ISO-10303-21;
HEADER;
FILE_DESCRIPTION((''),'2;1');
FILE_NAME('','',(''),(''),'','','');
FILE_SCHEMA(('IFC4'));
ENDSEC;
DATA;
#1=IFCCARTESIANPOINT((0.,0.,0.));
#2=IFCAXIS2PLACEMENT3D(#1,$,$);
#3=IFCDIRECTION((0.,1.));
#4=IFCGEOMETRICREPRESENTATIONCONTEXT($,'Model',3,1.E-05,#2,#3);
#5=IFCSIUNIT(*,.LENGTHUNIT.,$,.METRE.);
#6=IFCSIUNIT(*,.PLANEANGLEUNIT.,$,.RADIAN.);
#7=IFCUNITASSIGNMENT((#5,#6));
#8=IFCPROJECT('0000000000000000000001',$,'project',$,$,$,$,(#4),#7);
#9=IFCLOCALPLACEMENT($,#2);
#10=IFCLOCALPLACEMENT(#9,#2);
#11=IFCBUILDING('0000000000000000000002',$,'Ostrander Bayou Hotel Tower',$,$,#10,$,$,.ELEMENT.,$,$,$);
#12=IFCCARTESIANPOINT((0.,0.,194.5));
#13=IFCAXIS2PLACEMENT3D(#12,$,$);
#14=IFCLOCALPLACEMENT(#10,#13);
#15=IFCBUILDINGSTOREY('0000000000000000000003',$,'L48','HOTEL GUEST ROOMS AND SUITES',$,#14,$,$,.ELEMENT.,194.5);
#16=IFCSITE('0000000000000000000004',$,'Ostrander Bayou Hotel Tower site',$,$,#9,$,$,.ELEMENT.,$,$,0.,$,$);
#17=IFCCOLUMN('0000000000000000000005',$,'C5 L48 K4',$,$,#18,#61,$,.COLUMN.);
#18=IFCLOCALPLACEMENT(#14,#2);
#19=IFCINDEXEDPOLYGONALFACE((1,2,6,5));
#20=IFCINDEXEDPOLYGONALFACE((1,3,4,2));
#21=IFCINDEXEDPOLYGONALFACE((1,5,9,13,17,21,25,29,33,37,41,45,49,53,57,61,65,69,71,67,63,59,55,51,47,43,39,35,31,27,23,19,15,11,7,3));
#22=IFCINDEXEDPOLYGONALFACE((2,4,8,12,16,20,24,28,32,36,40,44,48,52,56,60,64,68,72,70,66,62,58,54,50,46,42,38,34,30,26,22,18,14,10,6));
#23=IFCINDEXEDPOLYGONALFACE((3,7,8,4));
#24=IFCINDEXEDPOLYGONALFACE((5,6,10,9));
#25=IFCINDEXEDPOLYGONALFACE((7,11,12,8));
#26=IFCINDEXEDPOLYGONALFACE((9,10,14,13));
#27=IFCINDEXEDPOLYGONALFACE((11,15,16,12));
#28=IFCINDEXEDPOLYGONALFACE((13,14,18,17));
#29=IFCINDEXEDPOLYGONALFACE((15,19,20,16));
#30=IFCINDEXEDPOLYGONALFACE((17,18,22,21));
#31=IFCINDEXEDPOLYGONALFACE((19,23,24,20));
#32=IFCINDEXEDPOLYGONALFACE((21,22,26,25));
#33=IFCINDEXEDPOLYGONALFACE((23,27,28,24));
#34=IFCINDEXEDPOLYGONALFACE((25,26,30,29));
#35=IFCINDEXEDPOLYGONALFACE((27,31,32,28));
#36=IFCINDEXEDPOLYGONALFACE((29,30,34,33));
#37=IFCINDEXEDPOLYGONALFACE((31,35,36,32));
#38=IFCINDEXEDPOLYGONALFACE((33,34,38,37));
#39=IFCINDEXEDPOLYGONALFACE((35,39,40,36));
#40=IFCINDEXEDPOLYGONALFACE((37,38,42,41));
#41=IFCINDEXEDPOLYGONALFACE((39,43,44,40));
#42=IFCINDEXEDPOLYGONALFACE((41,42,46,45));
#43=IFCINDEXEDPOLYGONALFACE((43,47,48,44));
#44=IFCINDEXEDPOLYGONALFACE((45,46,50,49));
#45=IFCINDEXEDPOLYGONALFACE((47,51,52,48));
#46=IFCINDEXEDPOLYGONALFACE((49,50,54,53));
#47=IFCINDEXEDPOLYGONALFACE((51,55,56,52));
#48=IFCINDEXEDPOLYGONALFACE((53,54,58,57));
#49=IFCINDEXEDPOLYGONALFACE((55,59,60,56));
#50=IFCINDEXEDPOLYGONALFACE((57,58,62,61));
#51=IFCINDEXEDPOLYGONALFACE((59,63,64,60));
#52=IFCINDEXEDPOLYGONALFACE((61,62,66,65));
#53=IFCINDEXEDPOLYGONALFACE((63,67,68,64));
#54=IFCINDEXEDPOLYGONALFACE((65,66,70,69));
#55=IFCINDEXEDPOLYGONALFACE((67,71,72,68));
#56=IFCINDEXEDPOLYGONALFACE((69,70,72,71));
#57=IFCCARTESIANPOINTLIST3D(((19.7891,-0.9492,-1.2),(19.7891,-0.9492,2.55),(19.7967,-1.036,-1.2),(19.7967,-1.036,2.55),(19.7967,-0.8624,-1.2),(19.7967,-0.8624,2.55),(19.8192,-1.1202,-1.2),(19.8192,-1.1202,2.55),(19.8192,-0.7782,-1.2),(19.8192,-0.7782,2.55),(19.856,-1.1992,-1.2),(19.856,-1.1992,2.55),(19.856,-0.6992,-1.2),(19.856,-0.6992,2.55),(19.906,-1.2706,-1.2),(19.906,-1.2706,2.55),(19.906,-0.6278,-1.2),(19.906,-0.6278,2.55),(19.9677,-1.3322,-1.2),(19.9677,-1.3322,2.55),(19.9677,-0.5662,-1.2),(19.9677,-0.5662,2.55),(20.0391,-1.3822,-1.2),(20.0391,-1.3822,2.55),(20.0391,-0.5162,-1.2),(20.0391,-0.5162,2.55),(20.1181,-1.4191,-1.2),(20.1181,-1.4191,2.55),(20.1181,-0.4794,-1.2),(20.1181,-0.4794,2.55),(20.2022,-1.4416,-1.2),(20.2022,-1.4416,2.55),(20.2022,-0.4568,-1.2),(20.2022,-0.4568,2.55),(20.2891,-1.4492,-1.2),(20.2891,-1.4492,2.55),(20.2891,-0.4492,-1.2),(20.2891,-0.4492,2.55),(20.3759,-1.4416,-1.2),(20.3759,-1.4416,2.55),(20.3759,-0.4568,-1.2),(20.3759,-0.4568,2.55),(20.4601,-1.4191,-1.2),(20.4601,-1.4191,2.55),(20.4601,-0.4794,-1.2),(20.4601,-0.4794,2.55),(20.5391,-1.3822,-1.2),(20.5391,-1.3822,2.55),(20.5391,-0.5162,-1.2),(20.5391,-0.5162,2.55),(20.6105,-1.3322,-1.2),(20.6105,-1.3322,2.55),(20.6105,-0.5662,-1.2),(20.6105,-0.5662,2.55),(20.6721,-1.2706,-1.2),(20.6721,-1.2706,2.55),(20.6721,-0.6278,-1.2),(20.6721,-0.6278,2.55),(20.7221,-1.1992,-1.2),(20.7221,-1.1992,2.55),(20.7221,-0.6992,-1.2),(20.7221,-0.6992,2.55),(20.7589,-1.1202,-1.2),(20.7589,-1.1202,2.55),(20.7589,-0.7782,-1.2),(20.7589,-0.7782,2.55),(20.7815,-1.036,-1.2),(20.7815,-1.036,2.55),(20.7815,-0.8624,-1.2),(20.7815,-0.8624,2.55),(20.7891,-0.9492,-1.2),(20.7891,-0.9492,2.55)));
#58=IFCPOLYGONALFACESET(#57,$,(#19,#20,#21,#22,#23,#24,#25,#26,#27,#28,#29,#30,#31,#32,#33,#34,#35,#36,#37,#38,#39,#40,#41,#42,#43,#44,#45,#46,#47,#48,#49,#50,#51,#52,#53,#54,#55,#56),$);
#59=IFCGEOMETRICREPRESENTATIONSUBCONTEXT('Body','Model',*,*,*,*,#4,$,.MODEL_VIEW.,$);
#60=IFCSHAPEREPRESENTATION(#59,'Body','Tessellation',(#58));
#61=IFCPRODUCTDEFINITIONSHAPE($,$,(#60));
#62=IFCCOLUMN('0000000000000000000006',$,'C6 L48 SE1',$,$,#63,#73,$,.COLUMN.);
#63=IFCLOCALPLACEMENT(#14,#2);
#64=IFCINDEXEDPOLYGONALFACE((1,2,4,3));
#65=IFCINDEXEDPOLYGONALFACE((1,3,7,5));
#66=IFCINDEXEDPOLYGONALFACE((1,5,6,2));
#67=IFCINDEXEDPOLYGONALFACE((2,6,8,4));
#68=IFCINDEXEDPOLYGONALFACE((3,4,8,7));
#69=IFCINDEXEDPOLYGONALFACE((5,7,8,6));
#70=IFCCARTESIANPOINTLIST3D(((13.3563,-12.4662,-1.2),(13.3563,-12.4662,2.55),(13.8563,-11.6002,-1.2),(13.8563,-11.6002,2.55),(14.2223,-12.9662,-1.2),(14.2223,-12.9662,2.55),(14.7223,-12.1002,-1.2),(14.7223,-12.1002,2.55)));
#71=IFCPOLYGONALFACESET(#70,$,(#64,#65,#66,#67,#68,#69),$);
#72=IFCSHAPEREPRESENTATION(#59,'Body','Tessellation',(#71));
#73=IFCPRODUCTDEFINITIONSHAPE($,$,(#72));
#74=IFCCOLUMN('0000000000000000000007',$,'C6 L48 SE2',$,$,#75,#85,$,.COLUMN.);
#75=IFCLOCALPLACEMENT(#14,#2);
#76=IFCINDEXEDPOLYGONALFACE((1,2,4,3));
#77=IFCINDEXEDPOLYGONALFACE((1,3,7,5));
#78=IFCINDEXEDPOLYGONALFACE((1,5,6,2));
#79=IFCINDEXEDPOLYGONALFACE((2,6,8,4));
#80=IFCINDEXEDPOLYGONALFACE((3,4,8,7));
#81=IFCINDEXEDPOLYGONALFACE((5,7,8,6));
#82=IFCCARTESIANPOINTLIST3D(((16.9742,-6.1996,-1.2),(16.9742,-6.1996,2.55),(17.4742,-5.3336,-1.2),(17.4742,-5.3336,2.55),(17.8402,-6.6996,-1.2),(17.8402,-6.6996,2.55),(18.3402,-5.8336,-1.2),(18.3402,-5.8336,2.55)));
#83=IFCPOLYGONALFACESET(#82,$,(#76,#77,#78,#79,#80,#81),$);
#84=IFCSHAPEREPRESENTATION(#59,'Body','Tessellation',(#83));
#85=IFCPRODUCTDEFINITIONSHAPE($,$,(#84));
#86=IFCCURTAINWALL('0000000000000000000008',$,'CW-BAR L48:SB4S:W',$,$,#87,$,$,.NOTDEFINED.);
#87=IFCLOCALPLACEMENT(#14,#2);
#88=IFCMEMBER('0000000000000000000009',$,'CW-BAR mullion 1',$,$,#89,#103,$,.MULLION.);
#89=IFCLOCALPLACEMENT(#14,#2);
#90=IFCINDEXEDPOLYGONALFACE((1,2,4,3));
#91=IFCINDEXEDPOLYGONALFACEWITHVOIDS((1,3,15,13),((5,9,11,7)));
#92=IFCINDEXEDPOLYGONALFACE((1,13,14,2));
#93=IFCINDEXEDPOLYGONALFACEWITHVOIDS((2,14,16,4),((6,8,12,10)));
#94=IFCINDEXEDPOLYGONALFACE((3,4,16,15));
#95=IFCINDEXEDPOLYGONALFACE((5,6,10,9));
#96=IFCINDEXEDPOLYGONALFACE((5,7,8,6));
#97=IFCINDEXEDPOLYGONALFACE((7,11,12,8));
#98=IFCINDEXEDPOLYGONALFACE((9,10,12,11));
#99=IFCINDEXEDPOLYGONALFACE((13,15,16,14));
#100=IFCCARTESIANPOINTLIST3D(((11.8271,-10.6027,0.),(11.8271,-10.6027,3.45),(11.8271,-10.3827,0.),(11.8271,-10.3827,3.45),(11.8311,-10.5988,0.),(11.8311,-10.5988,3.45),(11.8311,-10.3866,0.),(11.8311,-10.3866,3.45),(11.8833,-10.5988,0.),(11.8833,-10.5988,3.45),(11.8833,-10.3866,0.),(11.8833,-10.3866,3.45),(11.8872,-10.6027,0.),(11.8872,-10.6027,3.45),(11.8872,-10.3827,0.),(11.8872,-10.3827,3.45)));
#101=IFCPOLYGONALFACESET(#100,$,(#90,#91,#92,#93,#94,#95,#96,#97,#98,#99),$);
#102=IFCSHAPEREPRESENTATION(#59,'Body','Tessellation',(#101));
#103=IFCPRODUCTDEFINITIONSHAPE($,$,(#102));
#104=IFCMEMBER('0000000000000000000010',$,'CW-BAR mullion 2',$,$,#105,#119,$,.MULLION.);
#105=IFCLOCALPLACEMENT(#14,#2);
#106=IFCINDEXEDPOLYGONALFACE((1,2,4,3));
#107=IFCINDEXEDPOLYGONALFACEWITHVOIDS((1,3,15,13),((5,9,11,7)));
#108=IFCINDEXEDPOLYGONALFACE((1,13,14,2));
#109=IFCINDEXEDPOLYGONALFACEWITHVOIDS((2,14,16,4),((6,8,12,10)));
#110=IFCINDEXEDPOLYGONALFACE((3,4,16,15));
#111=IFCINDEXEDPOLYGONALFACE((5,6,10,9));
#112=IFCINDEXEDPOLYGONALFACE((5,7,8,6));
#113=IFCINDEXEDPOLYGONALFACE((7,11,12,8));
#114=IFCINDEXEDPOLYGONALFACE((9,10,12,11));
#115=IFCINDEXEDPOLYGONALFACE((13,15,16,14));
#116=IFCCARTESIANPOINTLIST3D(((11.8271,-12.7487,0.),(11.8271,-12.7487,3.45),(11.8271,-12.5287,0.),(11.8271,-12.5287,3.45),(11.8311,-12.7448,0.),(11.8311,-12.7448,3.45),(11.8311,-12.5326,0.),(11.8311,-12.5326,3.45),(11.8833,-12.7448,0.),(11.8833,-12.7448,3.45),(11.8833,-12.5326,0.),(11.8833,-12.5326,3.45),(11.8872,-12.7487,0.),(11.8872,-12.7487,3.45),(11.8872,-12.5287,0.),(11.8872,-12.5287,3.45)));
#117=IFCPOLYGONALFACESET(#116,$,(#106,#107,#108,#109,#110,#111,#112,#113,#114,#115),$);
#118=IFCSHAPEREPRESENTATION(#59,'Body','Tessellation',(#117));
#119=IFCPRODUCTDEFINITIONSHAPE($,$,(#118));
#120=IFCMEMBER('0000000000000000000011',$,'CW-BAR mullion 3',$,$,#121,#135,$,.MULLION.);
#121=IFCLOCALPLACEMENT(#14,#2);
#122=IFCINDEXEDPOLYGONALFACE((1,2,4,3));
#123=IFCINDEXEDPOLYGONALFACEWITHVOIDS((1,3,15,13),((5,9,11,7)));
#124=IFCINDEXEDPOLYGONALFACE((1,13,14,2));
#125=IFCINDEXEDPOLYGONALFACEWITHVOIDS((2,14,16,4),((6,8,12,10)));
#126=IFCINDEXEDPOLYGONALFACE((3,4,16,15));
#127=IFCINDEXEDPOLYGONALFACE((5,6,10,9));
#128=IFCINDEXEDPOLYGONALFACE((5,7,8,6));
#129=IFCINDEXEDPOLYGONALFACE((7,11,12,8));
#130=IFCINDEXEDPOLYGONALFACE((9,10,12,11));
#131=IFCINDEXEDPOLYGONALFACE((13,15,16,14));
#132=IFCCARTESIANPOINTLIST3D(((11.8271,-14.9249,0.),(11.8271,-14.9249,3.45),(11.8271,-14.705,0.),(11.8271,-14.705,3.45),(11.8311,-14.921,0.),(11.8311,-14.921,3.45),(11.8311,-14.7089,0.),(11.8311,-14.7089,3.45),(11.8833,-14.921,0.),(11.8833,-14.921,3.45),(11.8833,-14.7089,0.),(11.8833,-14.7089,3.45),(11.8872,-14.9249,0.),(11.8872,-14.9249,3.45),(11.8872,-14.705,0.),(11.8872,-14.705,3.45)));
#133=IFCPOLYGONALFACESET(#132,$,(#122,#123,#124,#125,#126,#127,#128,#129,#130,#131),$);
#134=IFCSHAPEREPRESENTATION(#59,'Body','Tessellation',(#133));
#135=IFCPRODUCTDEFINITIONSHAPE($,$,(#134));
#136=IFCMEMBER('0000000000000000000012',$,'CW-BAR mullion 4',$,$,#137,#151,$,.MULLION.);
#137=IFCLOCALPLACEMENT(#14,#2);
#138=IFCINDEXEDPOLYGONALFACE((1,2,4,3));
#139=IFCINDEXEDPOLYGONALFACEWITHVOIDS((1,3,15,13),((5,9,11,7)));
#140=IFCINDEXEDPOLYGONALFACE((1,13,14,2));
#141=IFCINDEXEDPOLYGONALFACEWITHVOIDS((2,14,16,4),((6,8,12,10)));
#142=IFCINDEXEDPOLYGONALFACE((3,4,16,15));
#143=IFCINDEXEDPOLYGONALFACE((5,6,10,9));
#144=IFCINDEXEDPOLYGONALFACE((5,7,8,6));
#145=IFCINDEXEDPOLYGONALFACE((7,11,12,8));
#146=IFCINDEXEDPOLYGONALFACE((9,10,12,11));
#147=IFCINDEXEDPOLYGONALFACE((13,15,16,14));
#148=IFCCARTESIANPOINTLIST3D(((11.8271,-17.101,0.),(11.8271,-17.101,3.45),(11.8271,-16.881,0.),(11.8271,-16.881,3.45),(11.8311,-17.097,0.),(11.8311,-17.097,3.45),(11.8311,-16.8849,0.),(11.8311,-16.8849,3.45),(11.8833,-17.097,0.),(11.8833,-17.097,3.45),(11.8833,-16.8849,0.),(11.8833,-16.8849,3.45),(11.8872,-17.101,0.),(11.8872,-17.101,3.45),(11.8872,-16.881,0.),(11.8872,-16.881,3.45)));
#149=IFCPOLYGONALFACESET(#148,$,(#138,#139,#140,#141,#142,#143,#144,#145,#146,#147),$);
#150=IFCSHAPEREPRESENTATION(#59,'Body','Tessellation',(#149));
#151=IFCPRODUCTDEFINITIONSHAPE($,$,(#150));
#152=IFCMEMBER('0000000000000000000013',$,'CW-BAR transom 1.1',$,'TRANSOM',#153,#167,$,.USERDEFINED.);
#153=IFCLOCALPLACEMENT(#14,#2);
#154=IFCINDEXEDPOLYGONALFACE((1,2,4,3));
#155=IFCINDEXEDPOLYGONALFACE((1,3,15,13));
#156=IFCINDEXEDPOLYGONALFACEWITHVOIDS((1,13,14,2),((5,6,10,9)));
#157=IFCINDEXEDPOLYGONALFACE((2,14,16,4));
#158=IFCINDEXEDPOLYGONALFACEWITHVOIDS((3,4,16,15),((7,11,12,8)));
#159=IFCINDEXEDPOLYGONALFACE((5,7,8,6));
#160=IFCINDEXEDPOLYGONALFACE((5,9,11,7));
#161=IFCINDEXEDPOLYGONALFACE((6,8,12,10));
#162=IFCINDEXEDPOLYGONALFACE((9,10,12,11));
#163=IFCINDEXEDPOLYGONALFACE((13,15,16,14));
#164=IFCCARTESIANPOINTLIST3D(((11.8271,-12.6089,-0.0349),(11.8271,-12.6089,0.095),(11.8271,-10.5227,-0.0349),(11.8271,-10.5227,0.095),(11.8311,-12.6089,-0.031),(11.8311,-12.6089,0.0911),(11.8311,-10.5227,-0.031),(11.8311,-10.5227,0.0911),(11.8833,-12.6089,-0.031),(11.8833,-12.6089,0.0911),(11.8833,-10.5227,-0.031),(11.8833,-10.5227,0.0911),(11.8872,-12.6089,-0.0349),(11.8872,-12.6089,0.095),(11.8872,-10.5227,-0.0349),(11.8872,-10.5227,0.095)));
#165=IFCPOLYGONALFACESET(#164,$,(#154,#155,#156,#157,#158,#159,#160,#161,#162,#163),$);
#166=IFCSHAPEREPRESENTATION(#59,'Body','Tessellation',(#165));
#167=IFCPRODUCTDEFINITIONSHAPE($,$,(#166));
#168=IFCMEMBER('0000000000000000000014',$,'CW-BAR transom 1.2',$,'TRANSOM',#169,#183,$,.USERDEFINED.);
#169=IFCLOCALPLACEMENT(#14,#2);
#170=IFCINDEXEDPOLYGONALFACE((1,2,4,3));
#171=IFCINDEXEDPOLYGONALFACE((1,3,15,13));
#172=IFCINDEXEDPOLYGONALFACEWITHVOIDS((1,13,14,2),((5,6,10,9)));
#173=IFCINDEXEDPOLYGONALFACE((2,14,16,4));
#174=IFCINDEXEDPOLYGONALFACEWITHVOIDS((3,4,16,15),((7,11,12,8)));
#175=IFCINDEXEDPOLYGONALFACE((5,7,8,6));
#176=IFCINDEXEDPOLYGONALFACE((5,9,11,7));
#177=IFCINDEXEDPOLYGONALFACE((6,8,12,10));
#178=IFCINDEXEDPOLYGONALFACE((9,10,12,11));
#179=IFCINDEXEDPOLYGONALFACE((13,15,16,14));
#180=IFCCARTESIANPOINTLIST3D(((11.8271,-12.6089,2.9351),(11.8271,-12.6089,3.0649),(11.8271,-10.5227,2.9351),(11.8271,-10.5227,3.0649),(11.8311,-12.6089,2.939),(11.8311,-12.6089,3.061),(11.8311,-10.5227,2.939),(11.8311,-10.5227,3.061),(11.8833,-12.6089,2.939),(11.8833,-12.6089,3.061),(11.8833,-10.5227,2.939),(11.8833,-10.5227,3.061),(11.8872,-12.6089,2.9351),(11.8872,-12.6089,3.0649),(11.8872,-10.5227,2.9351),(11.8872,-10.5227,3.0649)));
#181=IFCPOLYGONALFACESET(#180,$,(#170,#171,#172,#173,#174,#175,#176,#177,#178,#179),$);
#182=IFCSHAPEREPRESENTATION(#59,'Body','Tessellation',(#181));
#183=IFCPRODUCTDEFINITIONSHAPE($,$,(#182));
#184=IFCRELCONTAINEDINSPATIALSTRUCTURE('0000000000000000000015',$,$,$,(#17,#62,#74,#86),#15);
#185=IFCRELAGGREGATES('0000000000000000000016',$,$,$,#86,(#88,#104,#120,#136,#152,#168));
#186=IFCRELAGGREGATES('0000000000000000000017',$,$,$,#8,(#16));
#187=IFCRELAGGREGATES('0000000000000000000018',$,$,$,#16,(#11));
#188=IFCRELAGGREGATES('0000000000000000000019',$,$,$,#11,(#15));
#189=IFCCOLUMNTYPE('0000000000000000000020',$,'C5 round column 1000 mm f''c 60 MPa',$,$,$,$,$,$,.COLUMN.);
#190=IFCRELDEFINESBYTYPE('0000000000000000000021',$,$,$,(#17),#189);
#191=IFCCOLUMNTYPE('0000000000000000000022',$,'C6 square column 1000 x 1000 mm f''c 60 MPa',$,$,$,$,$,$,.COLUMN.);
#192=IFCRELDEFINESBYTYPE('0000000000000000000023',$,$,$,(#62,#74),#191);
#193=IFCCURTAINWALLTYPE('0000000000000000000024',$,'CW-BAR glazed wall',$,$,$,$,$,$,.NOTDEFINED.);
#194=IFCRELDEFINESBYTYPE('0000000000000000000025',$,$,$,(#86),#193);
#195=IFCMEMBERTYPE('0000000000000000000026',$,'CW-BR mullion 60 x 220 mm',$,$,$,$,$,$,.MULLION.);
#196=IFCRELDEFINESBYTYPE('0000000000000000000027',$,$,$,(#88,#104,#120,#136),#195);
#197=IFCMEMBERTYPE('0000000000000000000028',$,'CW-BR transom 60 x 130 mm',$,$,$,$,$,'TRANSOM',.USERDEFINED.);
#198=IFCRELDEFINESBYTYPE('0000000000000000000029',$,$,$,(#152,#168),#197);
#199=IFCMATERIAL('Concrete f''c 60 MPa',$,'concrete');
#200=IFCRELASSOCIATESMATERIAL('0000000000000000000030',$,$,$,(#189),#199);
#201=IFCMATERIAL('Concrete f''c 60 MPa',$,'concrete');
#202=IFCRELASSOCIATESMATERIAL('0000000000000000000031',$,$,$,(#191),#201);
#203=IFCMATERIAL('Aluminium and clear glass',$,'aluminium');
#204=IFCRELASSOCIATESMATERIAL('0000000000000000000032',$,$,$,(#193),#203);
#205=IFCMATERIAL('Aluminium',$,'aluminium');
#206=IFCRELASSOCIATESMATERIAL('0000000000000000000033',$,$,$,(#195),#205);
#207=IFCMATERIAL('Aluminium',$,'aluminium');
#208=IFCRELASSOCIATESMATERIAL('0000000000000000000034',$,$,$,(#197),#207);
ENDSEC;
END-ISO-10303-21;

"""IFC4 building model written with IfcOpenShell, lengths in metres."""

from ifc_helpers import new_model, si_unit, direction, frame, origin, origin_2d, place, context, subcontext, project, spatial, rectangle, hollow_rectangle, circle, extrude, material, material_profile, profile_set, type_object, element, aggregate, save


model = new_model("IFC4")

# Units and contexts
model_context = context("Model", 3, precision=1e-05, world=origin(), true_north=direction((0.0, 1.0)))
body_context = subcontext(model_context, "Body", "Model", "MODEL_VIEW")
ifc_project = project(units=[si_unit("LENGTHUNIT", "METRE"), si_unit("PLANEANGLEUNIT", "RADIAN")], contexts=[model_context])

# Site, building, storey
site_placement = place(None, origin())
site = spatial("IfcSite", under=ifc_project, at=site_placement, Name="Ostrander Bayou Hotel Tower site", CompositionType="ELEMENT", RefElevation=0.0)
building_placement = place(site_placement, origin())
building = spatial("IfcBuilding", under=site, at=building_placement, Name="Ostrander Bayou Hotel Tower", CompositionType="ELEMENT")
storey_placement = place(building_placement, frame((0.0, 0.0, 194.5)))
storey = spatial("IfcBuildingStorey", under=building, at=storey_placement, Name="L48", Description="HOTEL GUEST ROOMS AND SUITES", CompositionType="ELEMENT", Elevation=194.5)

# Columns
ifc_material_1 = material(Name="Concrete f'c 60 MPa", Category="concrete")
ifc_material_profile_1 = material_profile(ifc_material_1, circle(Radius=0.5, at=origin_2d()))
ifc_profile_set_1 = profile_set([ifc_material_profile_1], Name="Concrete f'c 60 MPa")
column_type_1 = type_object("IfcColumnType", Name="C5 round column 1000 mm f'c 60 MPa", PredefinedType="COLUMN", material=ifc_profile_set_1)
column_placement = place(storey_placement, frame((20.2891, -0.9492, -1.2), z_axis=(0.0, 0.0, 1.0), x_axis=(1.0, 0.0, 0.0)))
element("IfcColumn", 1, at=column_placement, inside=storey, type_object=column_type_1, Name="C5 L48 K4", PredefinedType="COLUMN", context=body_context, shape_type="SweptSolid", body=[
    extrude(circle(Radius=0.5, at=origin_2d()), origin(), (0.0, 0.0, 1.0), 3.75),
])
ifc_material_2 = material(Name="Concrete f'c 60 MPa", Category="concrete")
ifc_material_profile_2 = material_profile(ifc_material_2, rectangle(XDim=1.0, YDim=1.0, at=origin_2d()))
ifc_profile_set_2 = profile_set([ifc_material_profile_2], Name="Concrete f'c 60 MPa")
column_type_2 = type_object("IfcColumnType", Name="C6 square column 1000 x 1000 mm f'c 60 MPa", PredefinedType="COLUMN", material=ifc_profile_set_2)
for number, where, z_axis, x_axis, name in (
    (2, (14.0393, -12.2832, -1.2), (0.0, 0.0, 1.0), (-0.5, -0.866025, 0.0), "C6 L48 SE1"),
    (3, (17.6572, -6.0166, -1.2), (0.0, 0.0, 1.0), (-0.5, -0.866025, 0.0), "C6 L48 SE2"),
):
    element("IfcColumn", number, at=place(storey_placement, frame(where, z_axis=z_axis, x_axis=x_axis)), inside=storey, type_object=column_type_2, Name=name, PredefinedType="COLUMN", context=body_context, shape_type="SweptSolid", body=[
        extrude(rectangle(XDim=1.0, YDim=1.0, at=origin_2d()), origin(), (0.0, 0.0, 1.0), 3.75),
    ])

# Curtain wall, members
ifc_material_3 = material(Name="Aluminium and clear glass", Category="aluminium")
curtain_wall_type = type_object("IfcCurtainWallType", Name="CW-BAR glazed wall", PredefinedType="NOTDEFINED", material=ifc_material_3)
curtain_wall_placement = place(storey_placement, origin())
curtain_wall = element("IfcCurtainWall", 4, at=curtain_wall_placement, inside=storey, type_object=curtain_wall_type, Name="CW-BAR L48:SB4S:W", PredefinedType="NOTDEFINED")
ifc_material_4 = material(Name="Aluminium", Category="aluminium")
ifc_material_profile_3 = material_profile(ifc_material_4, hollow_rectangle(XDim=0.0601, YDim=0.22, WallThickness=0.0039, at=origin_2d()))
ifc_profile_set_3 = profile_set([ifc_material_profile_3], Name="Aluminium")
member_type_1 = type_object("IfcMemberType", Name="CW-BR mullion 60 x 220 mm", PredefinedType="MULLION", material=ifc_profile_set_3)
member_1_placement = place(storey_placement, frame((11.8572, -10.4927, 0.0), z_axis=(0.0, 0.0, 1.0), x_axis=(1.0, 0.0, 0.0)))
member_1 = element("IfcMember", 5, at=member_1_placement, type_object=member_type_1, Name="CW-BAR mullion 1", PredefinedType="MULLION", context=body_context, shape_type="SweptSolid", body=[
    extrude(hollow_rectangle(XDim=0.0601, YDim=0.22, WallThickness=0.0039, at=origin_2d()), origin(), (0.0, 0.0, 1.0), 3.45),
])
member_2_placement = place(storey_placement, frame((11.8572, -12.6387, 0.0), z_axis=(0.0, 0.0, 1.0), x_axis=(1.0, 0.0, 0.0)))
member_2 = element("IfcMember", 6, at=member_2_placement, type_object=member_type_1, Name="CW-BAR mullion 2", PredefinedType="MULLION", context=body_context, shape_type="SweptSolid", body=[
    extrude(hollow_rectangle(XDim=0.0601, YDim=0.22, WallThickness=0.0039, at=origin_2d()), origin(), (0.0, 0.0, 1.0), 3.45),
])
member_3_placement = place(storey_placement, frame((11.8572, -14.8149, 0.0), z_axis=(0.0, 0.0, 1.0), x_axis=(1.0, 0.0, 0.0)))
member_3 = element("IfcMember", 7, at=member_3_placement, type_object=member_type_1, Name="CW-BAR mullion 3", PredefinedType="MULLION", context=body_context, shape_type="SweptSolid", body=[
    extrude(hollow_rectangle(XDim=0.0601, YDim=0.22, WallThickness=0.0039, at=origin_2d()), origin(), (0.0, 0.0, 1.0), 3.45),
])
member_4_placement = place(storey_placement, frame((11.8572, -16.991, 0.0), z_axis=(0.0, 0.0, 1.0), x_axis=(1.0, 0.0, 0.0)))
member_4 = element("IfcMember", 8, at=member_4_placement, type_object=member_type_1, Name="CW-BAR mullion 4", PredefinedType="MULLION", context=body_context, shape_type="SweptSolid", body=[
    extrude(hollow_rectangle(XDim=0.0601, YDim=0.22, WallThickness=0.0039, at=origin_2d()), origin(), (0.0, 0.0, 1.0), 3.45),
])
ifc_material_5 = material(Name="Aluminium", Category="aluminium")
ifc_material_profile_4 = material_profile(ifc_material_5, hollow_rectangle(XDim=0.0601, YDim=0.1299, WallThickness=0.0039, at=origin_2d()))
ifc_profile_set_4 = profile_set([ifc_material_profile_4], Name="Aluminium")
member_type_2 = type_object("IfcMemberType", Name="CW-BR transom 60 x 130 mm", ElementType="TRANSOM", PredefinedType="USERDEFINED", material=ifc_profile_set_4)
member_5_placement = place(storey_placement, frame((11.8572, -10.5227, 0.03), z_axis=(0.0, -1.0, 0.0), x_axis=(1.0, 0.0, 0.0)))
member_5 = element("IfcMember", 9, at=member_5_placement, type_object=member_type_2, Name="CW-BAR transom 1.1", ObjectType="TRANSOM", PredefinedType="USERDEFINED", context=body_context, shape_type="SweptSolid", body=[
    extrude(hollow_rectangle(XDim=0.0601, YDim=0.1299, WallThickness=0.0039, at=origin_2d()), origin(), (0.0, 0.0, 1.0), 2.0862),
])
member_6_placement = place(storey_placement, frame((11.8572, -10.5227, 3.0), z_axis=(0.0, -1.0, 0.0), x_axis=(1.0, 0.0, 0.0)))
member_6 = element("IfcMember", 10, at=member_6_placement, type_object=member_type_2, Name="CW-BAR transom 1.2", ObjectType="TRANSOM", PredefinedType="USERDEFINED", context=body_context, shape_type="SweptSolid", body=[
    extrude(hollow_rectangle(XDim=0.0601, YDim=0.1299, WallThickness=0.0039, at=origin_2d()), origin(), (0.0, 0.0, 1.0), 2.0862),
])

aggregate(curtain_wall, [member_1, member_2, member_3, member_4, member_5, member_6])

save(model, "model.ifc")
